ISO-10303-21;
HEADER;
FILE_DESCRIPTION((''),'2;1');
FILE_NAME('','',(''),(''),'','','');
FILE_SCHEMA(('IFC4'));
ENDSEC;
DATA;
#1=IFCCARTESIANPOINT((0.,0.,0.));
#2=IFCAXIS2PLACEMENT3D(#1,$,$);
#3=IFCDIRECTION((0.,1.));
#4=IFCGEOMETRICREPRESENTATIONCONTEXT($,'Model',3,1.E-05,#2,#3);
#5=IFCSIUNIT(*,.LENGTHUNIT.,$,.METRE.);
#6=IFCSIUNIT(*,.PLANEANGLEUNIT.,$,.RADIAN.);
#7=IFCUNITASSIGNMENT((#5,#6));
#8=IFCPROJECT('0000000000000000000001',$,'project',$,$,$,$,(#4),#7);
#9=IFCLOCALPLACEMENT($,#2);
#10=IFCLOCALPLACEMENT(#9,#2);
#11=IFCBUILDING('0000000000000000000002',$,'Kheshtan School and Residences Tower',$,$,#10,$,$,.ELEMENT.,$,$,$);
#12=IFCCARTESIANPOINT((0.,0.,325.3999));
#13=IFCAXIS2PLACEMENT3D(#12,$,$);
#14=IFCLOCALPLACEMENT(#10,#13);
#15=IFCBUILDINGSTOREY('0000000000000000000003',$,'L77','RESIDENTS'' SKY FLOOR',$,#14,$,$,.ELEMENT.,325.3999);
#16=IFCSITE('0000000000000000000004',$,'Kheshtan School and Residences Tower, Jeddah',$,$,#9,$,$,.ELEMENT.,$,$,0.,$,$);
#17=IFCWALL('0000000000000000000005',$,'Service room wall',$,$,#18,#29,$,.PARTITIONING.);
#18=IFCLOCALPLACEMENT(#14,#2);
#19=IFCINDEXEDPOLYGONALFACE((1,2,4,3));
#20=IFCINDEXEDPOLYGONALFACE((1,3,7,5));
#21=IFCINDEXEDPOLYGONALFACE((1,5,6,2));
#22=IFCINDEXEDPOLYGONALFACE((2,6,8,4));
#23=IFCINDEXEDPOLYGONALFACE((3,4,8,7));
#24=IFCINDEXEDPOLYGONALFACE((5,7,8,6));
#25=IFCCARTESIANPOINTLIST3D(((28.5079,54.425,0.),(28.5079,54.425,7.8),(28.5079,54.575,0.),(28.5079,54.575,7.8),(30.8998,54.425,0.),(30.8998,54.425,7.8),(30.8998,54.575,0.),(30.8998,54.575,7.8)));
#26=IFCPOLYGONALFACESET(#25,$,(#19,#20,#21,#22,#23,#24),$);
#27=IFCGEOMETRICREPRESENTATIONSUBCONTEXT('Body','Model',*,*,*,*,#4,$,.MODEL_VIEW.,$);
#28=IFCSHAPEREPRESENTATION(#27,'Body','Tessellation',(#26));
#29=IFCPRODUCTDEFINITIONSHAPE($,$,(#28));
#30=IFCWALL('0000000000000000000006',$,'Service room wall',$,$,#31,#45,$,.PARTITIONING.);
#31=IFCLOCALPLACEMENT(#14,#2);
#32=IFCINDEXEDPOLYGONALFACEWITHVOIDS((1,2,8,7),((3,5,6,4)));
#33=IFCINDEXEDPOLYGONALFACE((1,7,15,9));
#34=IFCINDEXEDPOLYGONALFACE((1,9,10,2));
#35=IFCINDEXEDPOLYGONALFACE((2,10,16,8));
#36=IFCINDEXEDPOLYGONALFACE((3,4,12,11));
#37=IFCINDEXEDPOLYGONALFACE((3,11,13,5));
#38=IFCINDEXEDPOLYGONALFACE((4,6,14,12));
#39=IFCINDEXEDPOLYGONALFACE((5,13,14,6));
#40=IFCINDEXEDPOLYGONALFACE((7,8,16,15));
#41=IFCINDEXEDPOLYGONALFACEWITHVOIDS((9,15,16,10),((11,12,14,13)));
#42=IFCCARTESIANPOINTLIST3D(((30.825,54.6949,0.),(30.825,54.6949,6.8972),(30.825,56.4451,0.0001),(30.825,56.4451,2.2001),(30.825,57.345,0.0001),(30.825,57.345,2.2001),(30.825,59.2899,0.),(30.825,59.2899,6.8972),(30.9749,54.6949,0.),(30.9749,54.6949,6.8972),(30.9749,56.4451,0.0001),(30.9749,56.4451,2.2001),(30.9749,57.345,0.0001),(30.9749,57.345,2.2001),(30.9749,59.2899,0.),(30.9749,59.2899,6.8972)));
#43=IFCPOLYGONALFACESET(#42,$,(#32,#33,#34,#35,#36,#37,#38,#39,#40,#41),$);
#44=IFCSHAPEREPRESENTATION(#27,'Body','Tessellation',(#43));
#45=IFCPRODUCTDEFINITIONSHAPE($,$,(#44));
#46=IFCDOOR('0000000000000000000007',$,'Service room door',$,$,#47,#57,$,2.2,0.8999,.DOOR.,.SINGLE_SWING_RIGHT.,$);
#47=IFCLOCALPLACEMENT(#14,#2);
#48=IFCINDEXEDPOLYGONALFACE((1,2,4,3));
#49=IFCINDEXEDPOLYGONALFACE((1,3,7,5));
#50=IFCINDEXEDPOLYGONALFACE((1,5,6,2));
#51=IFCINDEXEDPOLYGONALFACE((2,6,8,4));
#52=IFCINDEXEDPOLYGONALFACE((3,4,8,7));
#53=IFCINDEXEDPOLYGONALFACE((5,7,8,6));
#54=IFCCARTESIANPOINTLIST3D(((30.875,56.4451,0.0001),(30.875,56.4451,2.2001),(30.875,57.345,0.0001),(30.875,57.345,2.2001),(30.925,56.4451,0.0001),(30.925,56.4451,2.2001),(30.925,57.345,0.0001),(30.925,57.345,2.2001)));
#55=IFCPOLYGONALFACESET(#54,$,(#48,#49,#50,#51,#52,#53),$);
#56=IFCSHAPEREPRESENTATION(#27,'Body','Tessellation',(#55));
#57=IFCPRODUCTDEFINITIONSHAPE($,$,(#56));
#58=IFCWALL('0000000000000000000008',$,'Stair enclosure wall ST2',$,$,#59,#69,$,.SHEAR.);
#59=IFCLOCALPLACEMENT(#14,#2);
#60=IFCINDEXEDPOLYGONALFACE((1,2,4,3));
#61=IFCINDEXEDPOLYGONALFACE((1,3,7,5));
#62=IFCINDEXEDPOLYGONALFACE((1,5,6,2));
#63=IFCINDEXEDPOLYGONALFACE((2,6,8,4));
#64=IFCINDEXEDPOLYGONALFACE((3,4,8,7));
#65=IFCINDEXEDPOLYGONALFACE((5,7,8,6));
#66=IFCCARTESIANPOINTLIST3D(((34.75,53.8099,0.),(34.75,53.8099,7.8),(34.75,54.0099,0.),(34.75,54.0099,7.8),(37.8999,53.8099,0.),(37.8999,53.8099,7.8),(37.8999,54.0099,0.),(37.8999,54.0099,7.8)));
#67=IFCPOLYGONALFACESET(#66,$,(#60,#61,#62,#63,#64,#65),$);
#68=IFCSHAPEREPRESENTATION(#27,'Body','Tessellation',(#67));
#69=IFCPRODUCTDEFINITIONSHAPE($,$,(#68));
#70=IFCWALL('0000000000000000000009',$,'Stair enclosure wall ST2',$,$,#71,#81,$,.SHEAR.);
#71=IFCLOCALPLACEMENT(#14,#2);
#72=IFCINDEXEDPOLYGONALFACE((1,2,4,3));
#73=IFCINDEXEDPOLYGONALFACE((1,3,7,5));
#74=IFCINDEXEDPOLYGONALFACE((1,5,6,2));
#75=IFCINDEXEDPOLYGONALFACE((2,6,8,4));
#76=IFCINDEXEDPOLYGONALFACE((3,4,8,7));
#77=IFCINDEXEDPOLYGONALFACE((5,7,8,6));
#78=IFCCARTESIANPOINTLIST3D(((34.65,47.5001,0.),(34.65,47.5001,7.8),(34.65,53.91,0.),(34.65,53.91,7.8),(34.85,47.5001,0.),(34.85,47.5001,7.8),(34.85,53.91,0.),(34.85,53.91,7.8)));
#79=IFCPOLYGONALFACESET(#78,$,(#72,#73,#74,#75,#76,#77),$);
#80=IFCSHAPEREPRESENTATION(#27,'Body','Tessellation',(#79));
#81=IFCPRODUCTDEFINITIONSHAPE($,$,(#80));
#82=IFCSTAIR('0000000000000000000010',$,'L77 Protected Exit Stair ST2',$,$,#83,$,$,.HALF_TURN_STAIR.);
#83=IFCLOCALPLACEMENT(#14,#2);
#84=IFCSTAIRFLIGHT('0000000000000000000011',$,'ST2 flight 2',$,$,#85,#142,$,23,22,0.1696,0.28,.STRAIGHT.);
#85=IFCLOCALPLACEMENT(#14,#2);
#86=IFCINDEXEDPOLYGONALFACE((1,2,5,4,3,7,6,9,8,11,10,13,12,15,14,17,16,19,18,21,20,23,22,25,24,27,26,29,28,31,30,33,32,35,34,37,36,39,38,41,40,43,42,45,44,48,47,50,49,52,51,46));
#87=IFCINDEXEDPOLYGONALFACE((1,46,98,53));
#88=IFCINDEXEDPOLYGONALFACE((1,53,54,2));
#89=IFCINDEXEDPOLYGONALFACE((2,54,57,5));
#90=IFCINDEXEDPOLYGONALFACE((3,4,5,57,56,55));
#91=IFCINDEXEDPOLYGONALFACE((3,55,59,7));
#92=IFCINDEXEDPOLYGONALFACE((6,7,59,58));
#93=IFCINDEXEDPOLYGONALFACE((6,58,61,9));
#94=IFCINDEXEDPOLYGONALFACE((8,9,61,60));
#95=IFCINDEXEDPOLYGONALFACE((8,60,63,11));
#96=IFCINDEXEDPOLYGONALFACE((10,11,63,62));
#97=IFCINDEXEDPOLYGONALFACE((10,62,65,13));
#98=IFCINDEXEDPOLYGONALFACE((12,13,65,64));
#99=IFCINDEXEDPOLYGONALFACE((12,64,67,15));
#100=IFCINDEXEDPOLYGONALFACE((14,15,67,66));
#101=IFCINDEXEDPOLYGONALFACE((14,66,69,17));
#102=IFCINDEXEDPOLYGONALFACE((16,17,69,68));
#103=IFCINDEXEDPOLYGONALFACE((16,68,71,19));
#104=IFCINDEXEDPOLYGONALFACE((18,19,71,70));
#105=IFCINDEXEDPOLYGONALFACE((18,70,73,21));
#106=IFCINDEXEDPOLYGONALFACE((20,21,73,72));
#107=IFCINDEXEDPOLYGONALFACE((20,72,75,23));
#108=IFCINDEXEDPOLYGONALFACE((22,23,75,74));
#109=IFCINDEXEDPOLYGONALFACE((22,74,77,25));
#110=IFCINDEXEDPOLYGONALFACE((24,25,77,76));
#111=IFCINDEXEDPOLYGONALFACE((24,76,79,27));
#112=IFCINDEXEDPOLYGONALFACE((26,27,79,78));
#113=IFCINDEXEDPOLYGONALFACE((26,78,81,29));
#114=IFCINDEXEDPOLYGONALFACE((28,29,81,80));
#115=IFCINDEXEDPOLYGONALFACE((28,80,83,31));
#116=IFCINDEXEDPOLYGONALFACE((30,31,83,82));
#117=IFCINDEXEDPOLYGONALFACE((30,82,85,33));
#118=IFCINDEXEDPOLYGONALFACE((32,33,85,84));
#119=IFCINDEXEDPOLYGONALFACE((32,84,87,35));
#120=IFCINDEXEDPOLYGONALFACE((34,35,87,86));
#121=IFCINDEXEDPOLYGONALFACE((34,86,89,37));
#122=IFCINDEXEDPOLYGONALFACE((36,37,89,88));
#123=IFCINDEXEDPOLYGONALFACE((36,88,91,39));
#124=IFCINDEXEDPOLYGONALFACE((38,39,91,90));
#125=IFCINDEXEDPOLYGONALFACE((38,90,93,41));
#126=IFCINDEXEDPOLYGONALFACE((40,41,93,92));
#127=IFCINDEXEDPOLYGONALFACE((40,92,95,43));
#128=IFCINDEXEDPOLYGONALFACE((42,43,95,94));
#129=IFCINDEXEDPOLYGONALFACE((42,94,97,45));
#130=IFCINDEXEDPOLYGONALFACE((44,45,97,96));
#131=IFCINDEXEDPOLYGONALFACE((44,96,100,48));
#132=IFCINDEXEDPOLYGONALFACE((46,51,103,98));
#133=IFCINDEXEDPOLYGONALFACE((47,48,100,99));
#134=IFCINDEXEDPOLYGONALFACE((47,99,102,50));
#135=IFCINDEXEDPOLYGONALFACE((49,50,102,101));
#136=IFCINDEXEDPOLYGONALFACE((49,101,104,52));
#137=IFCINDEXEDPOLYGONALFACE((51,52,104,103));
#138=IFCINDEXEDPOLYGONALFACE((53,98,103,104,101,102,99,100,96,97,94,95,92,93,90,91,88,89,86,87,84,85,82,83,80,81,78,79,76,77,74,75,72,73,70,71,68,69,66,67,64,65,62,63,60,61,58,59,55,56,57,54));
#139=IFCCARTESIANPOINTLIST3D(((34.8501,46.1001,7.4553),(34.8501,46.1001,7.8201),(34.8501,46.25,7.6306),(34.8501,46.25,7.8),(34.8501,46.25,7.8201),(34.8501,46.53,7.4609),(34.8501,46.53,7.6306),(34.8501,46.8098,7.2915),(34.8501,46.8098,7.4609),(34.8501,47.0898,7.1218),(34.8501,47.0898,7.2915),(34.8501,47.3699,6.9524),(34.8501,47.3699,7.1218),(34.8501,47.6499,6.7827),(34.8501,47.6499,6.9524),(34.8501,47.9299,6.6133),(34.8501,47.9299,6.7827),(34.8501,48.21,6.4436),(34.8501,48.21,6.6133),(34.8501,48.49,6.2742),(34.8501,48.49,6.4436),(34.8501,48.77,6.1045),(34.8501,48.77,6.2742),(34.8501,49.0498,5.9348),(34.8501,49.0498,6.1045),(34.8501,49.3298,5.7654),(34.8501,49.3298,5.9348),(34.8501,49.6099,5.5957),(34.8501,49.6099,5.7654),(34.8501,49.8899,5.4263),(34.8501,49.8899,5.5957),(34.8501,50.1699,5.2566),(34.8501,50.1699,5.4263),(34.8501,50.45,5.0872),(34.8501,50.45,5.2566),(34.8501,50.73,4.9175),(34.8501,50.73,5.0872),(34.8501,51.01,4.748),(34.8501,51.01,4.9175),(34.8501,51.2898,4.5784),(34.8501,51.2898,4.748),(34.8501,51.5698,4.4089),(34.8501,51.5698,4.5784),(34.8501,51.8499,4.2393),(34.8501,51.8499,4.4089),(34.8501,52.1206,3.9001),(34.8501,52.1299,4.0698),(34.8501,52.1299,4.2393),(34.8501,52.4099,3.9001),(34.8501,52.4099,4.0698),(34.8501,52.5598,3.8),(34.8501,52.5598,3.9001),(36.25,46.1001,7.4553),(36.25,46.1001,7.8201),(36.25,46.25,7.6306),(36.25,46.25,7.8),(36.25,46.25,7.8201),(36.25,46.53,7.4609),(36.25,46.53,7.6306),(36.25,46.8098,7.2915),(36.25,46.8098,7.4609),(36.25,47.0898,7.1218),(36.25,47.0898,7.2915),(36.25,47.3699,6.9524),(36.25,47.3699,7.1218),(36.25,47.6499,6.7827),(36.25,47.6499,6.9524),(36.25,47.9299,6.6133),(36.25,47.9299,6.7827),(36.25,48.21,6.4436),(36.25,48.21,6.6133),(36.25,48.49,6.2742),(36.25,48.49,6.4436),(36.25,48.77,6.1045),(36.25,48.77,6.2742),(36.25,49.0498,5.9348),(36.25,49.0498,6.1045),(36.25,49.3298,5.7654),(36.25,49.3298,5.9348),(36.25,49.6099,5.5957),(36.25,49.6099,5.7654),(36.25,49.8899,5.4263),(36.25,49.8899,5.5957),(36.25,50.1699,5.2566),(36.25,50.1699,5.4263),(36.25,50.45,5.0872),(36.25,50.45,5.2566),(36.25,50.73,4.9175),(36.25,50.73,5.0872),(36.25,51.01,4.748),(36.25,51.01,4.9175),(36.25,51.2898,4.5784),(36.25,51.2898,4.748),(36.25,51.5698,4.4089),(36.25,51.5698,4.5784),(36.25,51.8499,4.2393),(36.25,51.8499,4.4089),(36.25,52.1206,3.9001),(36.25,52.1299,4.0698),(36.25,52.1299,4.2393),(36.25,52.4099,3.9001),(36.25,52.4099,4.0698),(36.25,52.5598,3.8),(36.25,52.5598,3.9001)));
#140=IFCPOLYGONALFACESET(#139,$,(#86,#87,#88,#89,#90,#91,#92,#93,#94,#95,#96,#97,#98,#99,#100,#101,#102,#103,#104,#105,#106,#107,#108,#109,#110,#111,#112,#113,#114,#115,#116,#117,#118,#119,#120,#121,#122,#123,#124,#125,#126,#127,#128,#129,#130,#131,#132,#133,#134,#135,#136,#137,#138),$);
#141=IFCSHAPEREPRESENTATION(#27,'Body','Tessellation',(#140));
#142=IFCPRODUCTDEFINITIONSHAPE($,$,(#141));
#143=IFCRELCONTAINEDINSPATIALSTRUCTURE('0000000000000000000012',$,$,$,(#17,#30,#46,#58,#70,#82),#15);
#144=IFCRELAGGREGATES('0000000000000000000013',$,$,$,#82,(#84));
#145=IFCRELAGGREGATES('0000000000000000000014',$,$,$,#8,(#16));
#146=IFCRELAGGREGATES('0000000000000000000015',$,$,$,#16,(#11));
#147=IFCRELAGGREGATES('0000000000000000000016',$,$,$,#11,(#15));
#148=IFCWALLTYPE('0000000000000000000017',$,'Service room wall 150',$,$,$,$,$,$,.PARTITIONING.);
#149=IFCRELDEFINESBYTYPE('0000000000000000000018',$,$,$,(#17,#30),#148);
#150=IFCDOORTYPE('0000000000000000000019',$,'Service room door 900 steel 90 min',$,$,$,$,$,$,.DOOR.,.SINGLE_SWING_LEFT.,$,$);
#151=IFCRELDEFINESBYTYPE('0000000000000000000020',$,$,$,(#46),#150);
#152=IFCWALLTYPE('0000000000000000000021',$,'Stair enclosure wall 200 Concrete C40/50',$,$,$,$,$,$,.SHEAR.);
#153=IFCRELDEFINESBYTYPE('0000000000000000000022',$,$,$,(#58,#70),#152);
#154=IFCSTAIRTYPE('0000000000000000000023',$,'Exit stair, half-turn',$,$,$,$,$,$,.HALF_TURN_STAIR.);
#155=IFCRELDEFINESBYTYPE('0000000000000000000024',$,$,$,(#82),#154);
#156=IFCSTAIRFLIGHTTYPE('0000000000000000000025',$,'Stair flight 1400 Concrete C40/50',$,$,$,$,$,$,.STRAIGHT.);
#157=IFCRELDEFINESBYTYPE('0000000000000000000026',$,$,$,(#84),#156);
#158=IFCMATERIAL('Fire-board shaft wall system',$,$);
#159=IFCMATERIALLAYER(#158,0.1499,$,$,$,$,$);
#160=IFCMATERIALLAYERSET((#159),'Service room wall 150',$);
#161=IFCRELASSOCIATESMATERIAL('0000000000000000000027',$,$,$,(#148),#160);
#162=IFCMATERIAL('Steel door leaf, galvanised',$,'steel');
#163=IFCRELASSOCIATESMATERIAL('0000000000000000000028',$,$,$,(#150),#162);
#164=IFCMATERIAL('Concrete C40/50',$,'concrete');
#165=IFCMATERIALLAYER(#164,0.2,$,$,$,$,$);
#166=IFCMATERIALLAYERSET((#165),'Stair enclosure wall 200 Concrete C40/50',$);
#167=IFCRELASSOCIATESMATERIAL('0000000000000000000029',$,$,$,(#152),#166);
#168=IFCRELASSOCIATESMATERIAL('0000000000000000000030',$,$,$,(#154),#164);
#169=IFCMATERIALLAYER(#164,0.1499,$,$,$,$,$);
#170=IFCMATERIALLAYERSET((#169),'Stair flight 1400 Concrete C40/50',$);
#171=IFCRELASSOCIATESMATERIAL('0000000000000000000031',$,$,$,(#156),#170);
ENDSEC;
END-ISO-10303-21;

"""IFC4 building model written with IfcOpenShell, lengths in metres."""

from ifc_helpers import new_model, si_unit, direction, frame, frame_2d, origin, place, context, subcontext, project, spatial, polyline, rectangle, outline, extrude, source, transform, mapped, material, layer, layer_set, type_object, element, fill, aggregate, save


model = new_model("IFC4")

# Units and contexts
model_context = context("Model", 3, precision=1e-05, world=origin(), true_north=direction((0.0, 1.0)))
body_context = subcontext(model_context, "Body", "Model", "MODEL_VIEW")
ifc_project = project(units=[si_unit("LENGTHUNIT", "METRE"), si_unit("PLANEANGLEUNIT", "RADIAN")], contexts=[model_context])

# Site, building, storey
site_placement = place(None, origin())
site = spatial("IfcSite", under=ifc_project, at=site_placement, Name="Kheshtan School and Residences Tower, Jeddah", CompositionType="ELEMENT", RefElevation=0.0)
building_placement = place(site_placement, origin())
building = spatial("IfcBuilding", under=site, at=building_placement, Name="Kheshtan School and Residences Tower", CompositionType="ELEMENT")
storey_placement = place(building_placement, frame((0.0, 0.0, 325.3999)))
storey = spatial("IfcBuildingStorey", under=building, at=storey_placement, Name="L77", Description="RESIDENTS' SKY FLOOR", CompositionType="ELEMENT", Elevation=325.3999)

# Wall
ifc_material_1 = material(Name="Fire-board shaft wall system")
ifc_layer_1 = layer(ifc_material_1, 0.1499)
ifc_layer_set_1 = layer_set([ifc_layer_1], Name="Service room wall 150")
wall_type_1 = type_object("IfcWallType", Name="Service room wall 150", PredefinedType="PARTITIONING", material=ifc_layer_set_1)
wall_1_placement = place(storey_placement, frame((28.5081, 54.5, 0.0), z_axis=(0.0, 0.0, 1.0), x_axis=(1.0, 0.0, 0.0)))
element("IfcWall", 1, at=wall_1_placement, inside=storey, type_object=wall_type_1, Name="Service room wall", PredefinedType="PARTITIONING", context=body_context, shape_type="SweptSolid", body=[
    extrude(rectangle(XDim=2.3918, YDim=0.1499, at=frame_2d((1.1958, 0.0))), origin(), (0.0, 0.0, 1.0), 7.8),
])

# Wall, opening, door
wall_2_placement = place(storey_placement, frame((30.8999, 54.6951, 0.0), z_axis=(0.0, 0.0, 1.0), x_axis=(0.0, 1.0, 0.0)))
wall_2 = element("IfcWall", 2, at=wall_2_placement, inside=storey, type_object=wall_type_1, Name="Service room wall", PredefinedType="PARTITIONING", context=body_context, shape_type="SweptSolid", body=[
    extrude(rectangle(XDim=4.595, YDim=0.1499, at=frame_2d((2.2974, 0.0))), origin(), (0.0, 0.0, 1.0), 6.8972),
])
opening_1_placement = place(wall_2_placement, frame((1.75, 0.0, 0.0)))
opening_1 = element("IfcOpeningElement", 3, at=opening_1_placement, cuts=wall_2, PredefinedType="OPENING", context=body_context, shape_type="SweptSolid", body=[
    extrude(rectangle(XDim=0.8999, YDim=2.2, at=frame_2d((0.45, 1.1001))), frame((0.0, 0.085, 0.0), z_axis=(0.0, -1.0, 0.0), x_axis=(1.0, 0.0, 0.0)), (0.0, 0.0, 1.0), 0.1699),
])
ifc_material_2 = material(Name="Steel door leaf, galvanised", Category="steel")
door_type_1 = type_object("IfcDoorType", Name="Service room door 900 steel 90 min", OperationType="SINGLE_SWING_LEFT", PredefinedType="DOOR", material=ifc_material_2)
shared_shape_1 = source(origin(), body_context, "Body", "SweptSolid", [
    extrude(rectangle(XDim=0.8999, YDim=2.2, at=frame_2d((0.45, 1.1001))), frame((0.0, 0.0249, 0.0), z_axis=(0.0, -1.0, 0.0), x_axis=(1.0, 0.0, 0.0)), (0.0, 0.0, 1.0), 0.05),
])
door_1_placement = place(opening_1_placement, origin())
door_1 = element("IfcDoor", 4, at=door_1_placement, inside=storey, type_object=door_type_1, Name="Service room door", OperationType="SINGLE_SWING_RIGHT", OverallHeight=2.2, OverallWidth=0.8999, PredefinedType="DOOR", context=body_context, shape_type="MappedRepresentation", body=[
    mapped(shared_shape_1, transform((0.0, 0.0, 0.0), x_axis=(1.0, 0.0, 0.0), y_axis=(0.0, 1.0, 0.0), z_axis=(0.0, 0.0, 1.0), scale=1.0)),
])
fill(opening_1, door_1)

# Walls
ifc_material_3 = material(Name="Concrete C40/50", Category="concrete")
ifc_layer_2 = layer(ifc_material_3, 0.2)
ifc_layer_set_2 = layer_set([ifc_layer_2], Name="Stair enclosure wall 200 Concrete C40/50")
wall_type_2 = type_object("IfcWallType", Name="Stair enclosure wall 200 Concrete C40/50", PredefinedType="SHEAR", material=ifc_layer_set_2)
wall_3_placement = place(storey_placement, frame((34.75, 53.9099, 0.0), z_axis=(0.0, 0.0, 1.0), x_axis=(1.0, 0.0, 0.0)))
element("IfcWall", 5, at=wall_3_placement, inside=storey, type_object=wall_type_2, Name="Stair enclosure wall ST2", PredefinedType="SHEAR", context=body_context, shape_type="SweptSolid", body=[
    extrude(rectangle(XDim=3.1499, YDim=0.2, at=frame_2d((1.575, 0.0))), origin(), (0.0, 0.0, 1.0), 7.8),
])
wall_4_placement = place(storey_placement, frame((34.75, 47.5, 0.0), z_axis=(0.0, 0.0, 1.0), x_axis=(0.0, 1.0, 0.0)))
element("IfcWall", 6, at=wall_4_placement, inside=storey, type_object=wall_type_2, Name="Stair enclosure wall ST2", PredefinedType="SHEAR", context=body_context, shape_type="SweptSolid", body=[
    extrude(rectangle(XDim=6.4099, YDim=0.2, at=frame_2d((3.2051, 0.0))), origin(), (0.0, 0.0, 1.0), 7.8),
])

# Stair, stair flight
stair_type = type_object("IfcStairType", Name="Exit stair, half-turn", PredefinedType="HALF_TURN_STAIR", material=ifc_material_3)
stair_placement = place(storey_placement, origin())
stair = element("IfcStair", 7, at=stair_placement, inside=storey, type_object=stair_type, Name="L77 Protected Exit Stair ST2", PredefinedType="HALF_TURN_STAIR")
ifc_layer_3 = layer(ifc_material_3, 0.1499)
ifc_layer_set_3 = layer_set([ifc_layer_3], Name="Stair flight 1400 Concrete C40/50")
stair_flight_type = type_object("IfcStairFlightType", Name="Stair flight 1400 Concrete C40/50", PredefinedType="STRAIGHT", material=ifc_layer_set_3)
stair_flight_placement = place(storey_placement, frame((35.55, 52.4099, 3.9001), z_axis=(0.0, 0.0, 1.0), x_axis=(0.0, -1.0, 0.0)))
stair_flight = element("IfcStairFlight", 8, at=stair_flight_placement, type_object=stair_flight_type, Name="ST2 flight 2", NumberOfRisers=23, NumberOfTreads=22, PredefinedType="STRAIGHT", RiserHeight=0.1696, TreadLength=0.28, context=body_context, shape_type="SweptSolid", body=[
    extrude(outline(polyline([(-0.1499, -0.1001), (-0.1499, 0.0), (0.0, 0.0), (0.0, 0.1697), (0.28, 0.1697), (0.28, 0.3391), (0.5601, 0.3391), (0.5601, 0.5088), (0.8401, 0.5088), (0.8401, 0.6782), (1.1201, 0.6782), (1.1201, 0.8479), (1.3999, 0.8479), (1.3999, 1.0173), (1.6799, 1.0173), (1.6799, 1.187), (1.96, 1.187), (1.96, 1.3564), (2.24, 1.3564), (2.24, 1.5261), (2.52, 1.5261), (2.52, 1.6956), (2.8, 1.6956), (2.8, 1.8652), (3.0801, 1.8652), (3.0801, 2.0347), (3.3601, 2.0347), (3.3601, 2.2043), (3.6399, 2.2043), (3.6399, 2.374), (3.9199, 2.374), (3.9199, 2.5435), (4.2, 2.5435), (4.2, 2.7131), (4.48, 2.7131), (4.48, 2.8826), (4.76, 2.8826), (4.76, 3.0522), (5.04, 3.0522), (5.04, 3.2217), (5.3201, 3.2217), (5.3201, 3.3914), (5.6001, 3.3914), (5.6001, 3.5608), (5.8799, 3.5608), (5.8799, 3.7305), (6.1599, 3.7305), (6.1599, 3.8999), (6.1599, 3.9199), (6.3098, 3.9199), (6.3098, 3.5552), (0.2893, 0.0), (-0.1499, -0.1001)])), frame((0.0, 0.7, 0.0), z_axis=(0.0, -1.0, 0.0), x_axis=(1.0, 0.0, 0.0)), (0.0, 0.0, 1.0), 1.3999),
])
aggregate(stair, [stair_flight])

save(model, "model.ifc")
